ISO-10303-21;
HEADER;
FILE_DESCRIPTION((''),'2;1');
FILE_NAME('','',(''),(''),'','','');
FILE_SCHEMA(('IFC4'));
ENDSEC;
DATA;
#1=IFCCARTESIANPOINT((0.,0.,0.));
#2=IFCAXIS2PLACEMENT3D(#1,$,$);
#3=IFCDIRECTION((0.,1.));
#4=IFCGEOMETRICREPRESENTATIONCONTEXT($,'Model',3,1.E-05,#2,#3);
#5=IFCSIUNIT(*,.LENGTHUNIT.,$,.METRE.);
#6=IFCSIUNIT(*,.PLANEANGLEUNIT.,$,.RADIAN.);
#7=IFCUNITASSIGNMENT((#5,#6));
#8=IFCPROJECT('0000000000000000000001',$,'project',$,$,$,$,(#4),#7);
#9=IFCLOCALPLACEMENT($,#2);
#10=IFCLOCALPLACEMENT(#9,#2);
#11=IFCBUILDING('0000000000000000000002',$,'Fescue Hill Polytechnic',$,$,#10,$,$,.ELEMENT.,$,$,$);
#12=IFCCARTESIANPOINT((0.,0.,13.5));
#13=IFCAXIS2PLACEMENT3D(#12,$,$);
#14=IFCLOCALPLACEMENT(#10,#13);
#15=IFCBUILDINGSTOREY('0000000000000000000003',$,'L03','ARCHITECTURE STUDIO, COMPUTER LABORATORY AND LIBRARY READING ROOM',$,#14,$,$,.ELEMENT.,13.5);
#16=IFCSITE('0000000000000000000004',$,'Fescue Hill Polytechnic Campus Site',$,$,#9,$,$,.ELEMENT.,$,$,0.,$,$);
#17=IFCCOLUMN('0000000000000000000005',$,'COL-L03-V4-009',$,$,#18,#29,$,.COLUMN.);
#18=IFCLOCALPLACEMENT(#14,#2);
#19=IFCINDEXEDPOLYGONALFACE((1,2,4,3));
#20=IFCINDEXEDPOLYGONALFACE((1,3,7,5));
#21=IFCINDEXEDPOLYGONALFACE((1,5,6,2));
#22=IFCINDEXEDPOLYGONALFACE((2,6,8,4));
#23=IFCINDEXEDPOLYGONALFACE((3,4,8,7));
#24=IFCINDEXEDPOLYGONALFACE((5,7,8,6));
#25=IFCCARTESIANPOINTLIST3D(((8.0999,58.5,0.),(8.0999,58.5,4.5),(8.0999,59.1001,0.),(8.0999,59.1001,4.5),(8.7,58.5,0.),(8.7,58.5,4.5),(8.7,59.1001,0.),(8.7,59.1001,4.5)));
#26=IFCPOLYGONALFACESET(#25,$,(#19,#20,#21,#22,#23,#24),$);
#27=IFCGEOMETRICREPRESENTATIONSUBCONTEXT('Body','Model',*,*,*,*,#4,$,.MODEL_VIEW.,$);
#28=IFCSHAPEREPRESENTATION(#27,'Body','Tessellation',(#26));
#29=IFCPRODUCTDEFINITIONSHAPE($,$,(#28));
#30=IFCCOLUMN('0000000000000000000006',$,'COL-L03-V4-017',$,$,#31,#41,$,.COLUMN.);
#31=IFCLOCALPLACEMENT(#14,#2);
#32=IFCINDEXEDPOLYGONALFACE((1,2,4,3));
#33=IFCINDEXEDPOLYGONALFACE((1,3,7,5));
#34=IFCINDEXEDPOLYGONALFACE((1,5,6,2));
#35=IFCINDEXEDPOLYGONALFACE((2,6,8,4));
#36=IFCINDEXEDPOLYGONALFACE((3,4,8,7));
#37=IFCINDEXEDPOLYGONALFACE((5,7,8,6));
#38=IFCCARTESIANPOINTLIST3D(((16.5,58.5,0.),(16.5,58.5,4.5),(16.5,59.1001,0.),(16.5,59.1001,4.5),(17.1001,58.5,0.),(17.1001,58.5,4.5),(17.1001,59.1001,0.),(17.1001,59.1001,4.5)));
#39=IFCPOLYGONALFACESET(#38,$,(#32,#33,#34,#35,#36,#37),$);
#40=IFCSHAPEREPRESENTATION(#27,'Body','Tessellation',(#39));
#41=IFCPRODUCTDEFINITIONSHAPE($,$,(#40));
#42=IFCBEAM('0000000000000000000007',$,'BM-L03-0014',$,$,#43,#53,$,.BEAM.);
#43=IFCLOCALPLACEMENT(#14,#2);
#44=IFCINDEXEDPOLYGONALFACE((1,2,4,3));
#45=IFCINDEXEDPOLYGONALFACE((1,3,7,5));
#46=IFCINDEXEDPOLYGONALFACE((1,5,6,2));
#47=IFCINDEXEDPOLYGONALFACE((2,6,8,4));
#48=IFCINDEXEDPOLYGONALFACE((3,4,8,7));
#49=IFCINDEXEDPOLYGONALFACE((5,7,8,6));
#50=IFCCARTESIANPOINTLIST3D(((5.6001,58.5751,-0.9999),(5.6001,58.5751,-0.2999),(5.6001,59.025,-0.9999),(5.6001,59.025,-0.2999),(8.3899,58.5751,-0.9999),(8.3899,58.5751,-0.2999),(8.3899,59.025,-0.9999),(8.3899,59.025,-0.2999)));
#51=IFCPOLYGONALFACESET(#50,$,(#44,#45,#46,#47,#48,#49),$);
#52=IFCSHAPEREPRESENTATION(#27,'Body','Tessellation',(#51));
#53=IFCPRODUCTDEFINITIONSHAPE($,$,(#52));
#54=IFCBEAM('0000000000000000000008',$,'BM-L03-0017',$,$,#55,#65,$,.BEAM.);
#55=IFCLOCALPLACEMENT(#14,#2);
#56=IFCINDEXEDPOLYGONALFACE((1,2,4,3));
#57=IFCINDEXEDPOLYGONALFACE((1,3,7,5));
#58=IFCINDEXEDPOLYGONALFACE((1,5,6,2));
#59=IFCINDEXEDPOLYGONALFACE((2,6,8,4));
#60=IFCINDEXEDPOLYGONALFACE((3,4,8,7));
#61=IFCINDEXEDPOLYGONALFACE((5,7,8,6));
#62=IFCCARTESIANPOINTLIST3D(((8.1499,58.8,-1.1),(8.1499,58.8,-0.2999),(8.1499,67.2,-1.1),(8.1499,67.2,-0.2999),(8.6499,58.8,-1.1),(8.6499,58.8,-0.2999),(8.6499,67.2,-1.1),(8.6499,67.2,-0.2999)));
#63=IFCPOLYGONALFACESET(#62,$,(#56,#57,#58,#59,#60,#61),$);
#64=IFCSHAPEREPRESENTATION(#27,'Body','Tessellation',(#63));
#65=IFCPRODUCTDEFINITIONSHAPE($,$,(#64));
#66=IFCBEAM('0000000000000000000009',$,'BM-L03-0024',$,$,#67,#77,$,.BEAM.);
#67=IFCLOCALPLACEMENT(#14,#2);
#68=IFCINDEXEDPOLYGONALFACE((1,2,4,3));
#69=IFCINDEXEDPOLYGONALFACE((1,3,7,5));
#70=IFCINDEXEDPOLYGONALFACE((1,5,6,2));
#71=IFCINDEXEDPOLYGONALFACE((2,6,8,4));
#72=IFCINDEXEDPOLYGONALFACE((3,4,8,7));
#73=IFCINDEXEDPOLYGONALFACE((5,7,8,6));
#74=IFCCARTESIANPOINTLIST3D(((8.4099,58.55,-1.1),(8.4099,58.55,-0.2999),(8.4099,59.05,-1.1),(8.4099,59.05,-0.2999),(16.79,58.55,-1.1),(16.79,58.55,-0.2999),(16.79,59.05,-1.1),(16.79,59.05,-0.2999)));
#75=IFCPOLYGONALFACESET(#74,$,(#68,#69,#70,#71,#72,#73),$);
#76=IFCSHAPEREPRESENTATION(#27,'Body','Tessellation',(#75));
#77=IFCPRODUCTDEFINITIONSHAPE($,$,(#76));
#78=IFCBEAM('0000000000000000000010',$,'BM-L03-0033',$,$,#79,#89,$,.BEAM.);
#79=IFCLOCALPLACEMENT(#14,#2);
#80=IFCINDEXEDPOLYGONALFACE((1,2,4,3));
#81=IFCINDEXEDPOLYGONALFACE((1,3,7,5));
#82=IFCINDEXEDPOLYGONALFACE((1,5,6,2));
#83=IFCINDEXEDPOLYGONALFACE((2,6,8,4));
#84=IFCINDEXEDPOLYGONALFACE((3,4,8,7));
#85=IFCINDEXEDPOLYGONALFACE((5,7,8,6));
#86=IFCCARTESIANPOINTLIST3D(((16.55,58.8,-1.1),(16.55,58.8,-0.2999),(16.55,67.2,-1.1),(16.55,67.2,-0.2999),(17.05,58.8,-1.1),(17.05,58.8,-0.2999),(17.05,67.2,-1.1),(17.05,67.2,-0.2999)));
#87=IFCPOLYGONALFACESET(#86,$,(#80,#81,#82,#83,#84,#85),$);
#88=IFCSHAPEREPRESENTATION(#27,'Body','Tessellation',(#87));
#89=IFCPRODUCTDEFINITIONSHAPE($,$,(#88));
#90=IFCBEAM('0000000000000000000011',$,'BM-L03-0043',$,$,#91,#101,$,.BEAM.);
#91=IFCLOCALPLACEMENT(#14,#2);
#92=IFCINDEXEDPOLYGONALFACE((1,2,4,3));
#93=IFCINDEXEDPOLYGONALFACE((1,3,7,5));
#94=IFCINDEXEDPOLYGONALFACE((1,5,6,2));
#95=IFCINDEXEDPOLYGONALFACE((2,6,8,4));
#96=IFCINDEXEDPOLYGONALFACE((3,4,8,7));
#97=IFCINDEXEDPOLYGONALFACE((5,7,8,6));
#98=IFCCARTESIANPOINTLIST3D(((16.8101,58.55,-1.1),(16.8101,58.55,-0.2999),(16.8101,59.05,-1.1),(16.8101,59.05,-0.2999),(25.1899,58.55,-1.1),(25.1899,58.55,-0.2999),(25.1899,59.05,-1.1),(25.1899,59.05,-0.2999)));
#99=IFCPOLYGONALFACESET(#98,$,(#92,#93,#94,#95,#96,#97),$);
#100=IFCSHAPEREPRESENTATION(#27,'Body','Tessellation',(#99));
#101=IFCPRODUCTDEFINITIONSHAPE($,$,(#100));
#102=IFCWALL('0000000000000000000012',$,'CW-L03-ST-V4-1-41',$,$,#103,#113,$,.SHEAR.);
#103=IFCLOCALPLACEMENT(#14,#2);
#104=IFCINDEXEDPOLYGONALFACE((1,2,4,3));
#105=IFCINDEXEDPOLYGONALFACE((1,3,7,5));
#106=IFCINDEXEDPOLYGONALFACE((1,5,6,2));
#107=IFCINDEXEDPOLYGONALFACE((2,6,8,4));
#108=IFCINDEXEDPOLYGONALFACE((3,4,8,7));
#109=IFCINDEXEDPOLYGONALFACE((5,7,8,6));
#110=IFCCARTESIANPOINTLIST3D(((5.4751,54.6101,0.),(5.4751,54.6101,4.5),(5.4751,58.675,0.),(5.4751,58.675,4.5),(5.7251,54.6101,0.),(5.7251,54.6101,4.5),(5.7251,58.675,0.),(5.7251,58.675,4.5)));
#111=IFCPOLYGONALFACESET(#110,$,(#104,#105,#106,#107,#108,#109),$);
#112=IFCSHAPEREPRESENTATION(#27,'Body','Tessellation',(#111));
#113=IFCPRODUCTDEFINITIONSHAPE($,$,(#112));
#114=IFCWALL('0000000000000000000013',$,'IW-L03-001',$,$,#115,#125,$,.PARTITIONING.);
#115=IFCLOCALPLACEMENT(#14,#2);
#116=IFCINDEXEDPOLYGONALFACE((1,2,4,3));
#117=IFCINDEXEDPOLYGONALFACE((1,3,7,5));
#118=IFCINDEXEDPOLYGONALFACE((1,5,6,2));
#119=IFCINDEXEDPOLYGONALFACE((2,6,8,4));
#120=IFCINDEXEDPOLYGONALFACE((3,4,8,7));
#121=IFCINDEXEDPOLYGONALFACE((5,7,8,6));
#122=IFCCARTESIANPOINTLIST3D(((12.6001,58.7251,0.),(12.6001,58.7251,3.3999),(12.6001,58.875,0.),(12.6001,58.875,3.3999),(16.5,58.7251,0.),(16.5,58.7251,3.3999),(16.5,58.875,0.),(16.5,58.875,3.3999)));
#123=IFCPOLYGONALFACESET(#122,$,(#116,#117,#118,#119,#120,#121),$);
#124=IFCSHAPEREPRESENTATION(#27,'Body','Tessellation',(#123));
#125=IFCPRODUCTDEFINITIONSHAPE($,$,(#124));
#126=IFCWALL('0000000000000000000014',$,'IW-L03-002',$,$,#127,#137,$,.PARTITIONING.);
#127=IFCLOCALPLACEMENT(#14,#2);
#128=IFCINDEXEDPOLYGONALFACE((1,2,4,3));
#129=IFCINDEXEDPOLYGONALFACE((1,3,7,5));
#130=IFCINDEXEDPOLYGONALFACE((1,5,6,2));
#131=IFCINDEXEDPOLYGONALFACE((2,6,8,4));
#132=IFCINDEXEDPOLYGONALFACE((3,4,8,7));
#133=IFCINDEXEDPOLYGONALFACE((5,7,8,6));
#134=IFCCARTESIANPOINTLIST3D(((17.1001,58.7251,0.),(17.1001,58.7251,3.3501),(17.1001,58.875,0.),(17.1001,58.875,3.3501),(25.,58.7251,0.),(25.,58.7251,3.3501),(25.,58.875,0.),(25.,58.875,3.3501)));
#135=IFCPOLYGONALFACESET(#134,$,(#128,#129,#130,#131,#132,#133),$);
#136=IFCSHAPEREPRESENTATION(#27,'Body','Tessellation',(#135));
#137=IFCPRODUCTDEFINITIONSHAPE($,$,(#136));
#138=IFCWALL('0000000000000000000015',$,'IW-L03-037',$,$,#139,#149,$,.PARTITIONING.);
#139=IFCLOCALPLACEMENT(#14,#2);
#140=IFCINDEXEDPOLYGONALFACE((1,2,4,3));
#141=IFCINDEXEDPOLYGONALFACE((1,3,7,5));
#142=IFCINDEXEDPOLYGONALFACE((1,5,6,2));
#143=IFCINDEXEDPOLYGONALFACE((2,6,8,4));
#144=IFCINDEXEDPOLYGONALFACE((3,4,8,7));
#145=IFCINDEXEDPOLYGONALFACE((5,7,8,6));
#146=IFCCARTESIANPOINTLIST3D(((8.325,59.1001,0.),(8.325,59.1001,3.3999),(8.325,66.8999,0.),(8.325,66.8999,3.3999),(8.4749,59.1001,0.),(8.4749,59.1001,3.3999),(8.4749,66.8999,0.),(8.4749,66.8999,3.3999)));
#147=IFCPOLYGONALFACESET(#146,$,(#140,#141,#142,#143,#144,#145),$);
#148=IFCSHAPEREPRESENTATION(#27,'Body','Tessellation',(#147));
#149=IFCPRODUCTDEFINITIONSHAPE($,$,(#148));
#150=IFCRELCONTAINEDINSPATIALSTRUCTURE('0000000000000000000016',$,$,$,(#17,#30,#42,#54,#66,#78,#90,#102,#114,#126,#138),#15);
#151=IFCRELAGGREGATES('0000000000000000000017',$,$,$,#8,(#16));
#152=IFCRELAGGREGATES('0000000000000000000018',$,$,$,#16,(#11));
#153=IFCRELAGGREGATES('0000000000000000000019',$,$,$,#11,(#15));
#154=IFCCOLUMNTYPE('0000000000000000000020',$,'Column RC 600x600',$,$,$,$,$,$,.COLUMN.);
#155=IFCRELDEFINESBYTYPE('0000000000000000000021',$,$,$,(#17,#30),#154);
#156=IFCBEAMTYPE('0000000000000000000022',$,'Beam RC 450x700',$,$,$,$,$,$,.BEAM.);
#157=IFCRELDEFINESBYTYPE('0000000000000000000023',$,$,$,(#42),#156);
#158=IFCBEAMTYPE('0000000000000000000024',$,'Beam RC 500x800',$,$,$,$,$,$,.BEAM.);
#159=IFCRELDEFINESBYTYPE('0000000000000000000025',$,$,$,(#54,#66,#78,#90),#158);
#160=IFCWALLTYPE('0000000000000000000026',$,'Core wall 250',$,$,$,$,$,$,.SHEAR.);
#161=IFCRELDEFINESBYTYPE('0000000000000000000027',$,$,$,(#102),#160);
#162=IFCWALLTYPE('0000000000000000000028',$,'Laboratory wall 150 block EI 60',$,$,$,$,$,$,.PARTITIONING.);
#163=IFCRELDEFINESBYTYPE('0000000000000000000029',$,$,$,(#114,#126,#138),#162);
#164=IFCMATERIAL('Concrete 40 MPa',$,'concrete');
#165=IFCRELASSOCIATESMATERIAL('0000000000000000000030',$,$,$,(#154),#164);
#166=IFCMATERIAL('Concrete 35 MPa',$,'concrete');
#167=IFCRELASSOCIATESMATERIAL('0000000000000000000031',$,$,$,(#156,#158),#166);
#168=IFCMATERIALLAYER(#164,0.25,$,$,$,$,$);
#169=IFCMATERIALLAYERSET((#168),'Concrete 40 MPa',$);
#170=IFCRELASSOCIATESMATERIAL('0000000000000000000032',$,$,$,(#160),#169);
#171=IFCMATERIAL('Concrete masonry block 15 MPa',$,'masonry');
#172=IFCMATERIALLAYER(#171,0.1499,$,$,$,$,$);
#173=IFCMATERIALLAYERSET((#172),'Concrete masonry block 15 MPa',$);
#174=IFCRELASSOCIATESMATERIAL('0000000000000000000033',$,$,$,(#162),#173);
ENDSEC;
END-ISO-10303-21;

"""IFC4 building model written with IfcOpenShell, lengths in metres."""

from ifc_helpers import new_model, si_unit, direction, frame, frame_2d, origin, origin_2d, place, context, subcontext, project, spatial, rectangle, extrude, material, layer, layer_set, material_profile, profile_set, type_object, element, save


model = new_model("IFC4")

# Units and contexts
model_context = context("Model", 3, precision=1e-05, world=origin(), true_north=direction((0.0, 1.0)))
body_context = subcontext(model_context, "Body", "Model", "MODEL_VIEW")
ifc_project = project(units=[si_unit("LENGTHUNIT", "METRE"), si_unit("PLANEANGLEUNIT", "RADIAN")], contexts=[model_context])

# Site, building, storey
site_placement = place(None, origin())
site = spatial("IfcSite", under=ifc_project, at=site_placement, Name="Fescue Hill Polytechnic Campus Site", CompositionType="ELEMENT", RefElevation=0.0)
building_placement = place(site_placement, origin())
building = spatial("IfcBuilding", under=site, at=building_placement, Name="Fescue Hill Polytechnic", CompositionType="ELEMENT")
storey_placement = place(building_placement, frame((0.0, 0.0, 13.5)))
storey = spatial("IfcBuildingStorey", under=building, at=storey_placement, Name="L03", Description="ARCHITECTURE STUDIO, COMPUTER LABORATORY AND LIBRARY READING ROOM", CompositionType="ELEMENT", Elevation=13.5)

# Columns
ifc_material_1 = material(Name="Concrete 40 MPa", Category="concrete")
ifc_material_profile_1 = material_profile(ifc_material_1, rectangle(XDim=0.6001, YDim=0.6001, at=origin_2d()), Name="RC 600x600")
ifc_profile_set_1 = profile_set([ifc_material_profile_1], Name="Concrete 40 MPa")
column_type = type_object("IfcColumnType", Name="Column RC 600x600", PredefinedType="COLUMN", material=ifc_profile_set_1)
for number, where, z_axis, x_axis, name in (
    (1, (8.3999, 58.8, 0.0), (0.0, 0.0, 1.0), (1.0, 0.0, 0.0), "COL-L03-V4-009"),
    (2, (16.8, 58.8, 0.0), (0.0, 0.0, 1.0), (1.0, 0.0, 0.0), "COL-L03-V4-017"),
):
    element("IfcColumn", number, at=place(storey_placement, frame(where, z_axis=z_axis, x_axis=x_axis)), inside=storey, type_object=column_type, Name=name, PredefinedType="COLUMN", context=body_context, shape_type="SweptSolid", body=[
        extrude(rectangle(XDim=0.6001, YDim=0.6001, at=origin_2d()), origin(), (0.0, 0.0, 1.0), 4.5),
    ])

# Beams
ifc_material_2 = material(Name="Concrete 35 MPa", Category="concrete")
ifc_material_profile_2 = material_profile(ifc_material_2, rectangle(XDim=0.45, YDim=0.7, at=origin_2d()), Name="RC 450x700")
ifc_profile_set_2 = profile_set([ifc_material_profile_2], Name="Concrete 35 MPa")
beam_type_1 = type_object("IfcBeamType", Name="Beam RC 450x700", PredefinedType="BEAM", material=ifc_profile_set_2)
beam_1_placement = place(storey_placement, frame((5.6001, 58.8, -0.6499), z_axis=(1.0, 0.0, 0.0), x_axis=(0.0, 1.0, 0.0)))
element("IfcBeam", 3, at=beam_1_placement, inside=storey, type_object=beam_type_1, Name="BM-L03-0014", PredefinedType="BEAM", context=body_context, shape_type="SweptSolid", body=[
    extrude(rectangle(XDim=0.45, YDim=0.7, at=origin_2d()), origin(), (0.0, 0.0, 1.0), 2.7898),
])
ifc_material_profile_3 = material_profile(ifc_material_2, rectangle(XDim=0.5, YDim=0.8, at=origin_2d()), Name="RC 500x800")
ifc_profile_set_3 = profile_set([ifc_material_profile_3], Name="Concrete 35 MPa")
beam_type_2 = type_object("IfcBeamType", Name="Beam RC 500x800", PredefinedType="BEAM", material=ifc_profile_set_3)
beam_2_placement = place(storey_placement, frame((8.3999, 58.8, -0.7), z_axis=(0.0, 1.0, 0.0), x_axis=(-1.0, 0.0, 0.0)))
element("IfcBeam", 4, at=beam_2_placement, inside=storey, type_object=beam_type_2, Name="BM-L03-0017", PredefinedType="BEAM", context=body_context, shape_type="SweptSolid", body=[
    extrude(rectangle(XDim=0.5, YDim=0.8, at=origin_2d()), origin(), (0.0, 0.0, 1.0), 8.3999),
])
beam_3_placement = place(storey_placement, frame((8.4099, 58.8, -0.7), z_axis=(1.0, 0.0, 0.0), x_axis=(0.0, 1.0, 0.0)))
element("IfcBeam", 5, at=beam_3_placement, inside=storey, type_object=beam_type_2, Name="BM-L03-0024", PredefinedType="BEAM", context=body_context, shape_type="SweptSolid", body=[
    extrude(rectangle(XDim=0.5, YDim=0.8, at=origin_2d()), origin(), (0.0, 0.0, 1.0), 8.3801),
])
beam_4_placement = place(storey_placement, frame((16.8, 58.8, -0.7), z_axis=(0.0, 1.0, 0.0), x_axis=(-1.0, 0.0, 0.0)))
element("IfcBeam", 6, at=beam_4_placement, inside=storey, type_object=beam_type_2, Name="BM-L03-0033", PredefinedType="BEAM", context=body_context, shape_type="SweptSolid", body=[
    extrude(rectangle(XDim=0.5, YDim=0.8, at=origin_2d()), origin(), (0.0, 0.0, 1.0), 8.3999),
])
beam_5_placement = place(storey_placement, frame((16.8101, 58.8, -0.7), z_axis=(1.0, 0.0, 0.0), x_axis=(0.0, 1.0, 0.0)))
element("IfcBeam", 7, at=beam_5_placement, inside=storey, type_object=beam_type_2, Name="BM-L03-0043", PredefinedType="BEAM", context=body_context, shape_type="SweptSolid", body=[
    extrude(rectangle(XDim=0.5, YDim=0.8, at=origin_2d()), origin(), (0.0, 0.0, 1.0), 8.3799),
])

# Walls
ifc_layer_1 = layer(ifc_material_1, 0.25)
ifc_layer_set_1 = layer_set([ifc_layer_1], Name="Concrete 40 MPa")
wall_type_1 = type_object("IfcWallType", Name="Core wall 250", PredefinedType="SHEAR", material=ifc_layer_set_1)
wall_1_placement = place(storey_placement, frame((5.6001, 54.6101, 0.0), z_axis=(0.0, 0.0, 1.0), x_axis=(0.0, 1.0, 0.0)))
element("IfcWall", 8, at=wall_1_placement, inside=storey, type_object=wall_type_1, Name="CW-L03-ST-V4-1-41", PredefinedType="SHEAR", context=body_context, shape_type="SweptSolid", body=[
    extrude(rectangle(XDim=4.0649, YDim=0.25, at=frame_2d((2.0325, 0.0))), origin(), (0.0, 0.0, 1.0), 4.5),
])
ifc_material_3 = material(Name="Concrete masonry block 15 MPa", Category="masonry")
ifc_layer_2 = layer(ifc_material_3, 0.1499)
ifc_layer_set_2 = layer_set([ifc_layer_2], Name="Concrete masonry block 15 MPa")
wall_type_2 = type_object("IfcWallType", Name="Laboratory wall 150 block EI 60", PredefinedType="PARTITIONING", material=ifc_layer_set_2)
wall_2_placement = place(storey_placement, frame((12.6001, 58.8, 0.0), z_axis=(0.0, 0.0, 1.0), x_axis=(1.0, 0.0, 0.0)))
element("IfcWall", 9, at=wall_2_placement, inside=storey, type_object=wall_type_2, Name="IW-L03-001", PredefinedType="PARTITIONING", context=body_context, shape_type="SweptSolid", body=[
    extrude(rectangle(XDim=3.8999, YDim=0.1499, at=frame_2d((1.95, 0.0))), origin(), (0.0, 0.0, 1.0), 3.3999),
])
wall_3_placement = place(storey_placement, frame((17.1001, 58.8, 0.0), z_axis=(0.0, 0.0, 1.0), x_axis=(1.0, 0.0, 0.0)))
element("IfcWall", 10, at=wall_3_placement, inside=storey, type_object=wall_type_2, Name="IW-L03-002", PredefinedType="PARTITIONING", context=body_context, shape_type="SweptSolid", body=[
    extrude(rectangle(XDim=7.8999, YDim=0.1499, at=frame_2d((3.95, 0.0))), origin(), (0.0, 0.0, 1.0), 3.3501),
])
wall_4_placement = place(storey_placement, frame((8.3999, 59.1001, 0.0), z_axis=(0.0, 0.0, 1.0), x_axis=(0.0, 1.0, 0.0)))
element("IfcWall", 11, at=wall_4_placement, inside=storey, type_object=wall_type_2, Name="IW-L03-037", PredefinedType="PARTITIONING", context=body_context, shape_type="SweptSolid", body=[
    extrude(rectangle(XDim=7.7998, YDim=0.1499, at=frame_2d((3.8999, 0.0))), origin(), (0.0, 0.0, 1.0), 3.3999),
])

save(model, "model.ifc")
